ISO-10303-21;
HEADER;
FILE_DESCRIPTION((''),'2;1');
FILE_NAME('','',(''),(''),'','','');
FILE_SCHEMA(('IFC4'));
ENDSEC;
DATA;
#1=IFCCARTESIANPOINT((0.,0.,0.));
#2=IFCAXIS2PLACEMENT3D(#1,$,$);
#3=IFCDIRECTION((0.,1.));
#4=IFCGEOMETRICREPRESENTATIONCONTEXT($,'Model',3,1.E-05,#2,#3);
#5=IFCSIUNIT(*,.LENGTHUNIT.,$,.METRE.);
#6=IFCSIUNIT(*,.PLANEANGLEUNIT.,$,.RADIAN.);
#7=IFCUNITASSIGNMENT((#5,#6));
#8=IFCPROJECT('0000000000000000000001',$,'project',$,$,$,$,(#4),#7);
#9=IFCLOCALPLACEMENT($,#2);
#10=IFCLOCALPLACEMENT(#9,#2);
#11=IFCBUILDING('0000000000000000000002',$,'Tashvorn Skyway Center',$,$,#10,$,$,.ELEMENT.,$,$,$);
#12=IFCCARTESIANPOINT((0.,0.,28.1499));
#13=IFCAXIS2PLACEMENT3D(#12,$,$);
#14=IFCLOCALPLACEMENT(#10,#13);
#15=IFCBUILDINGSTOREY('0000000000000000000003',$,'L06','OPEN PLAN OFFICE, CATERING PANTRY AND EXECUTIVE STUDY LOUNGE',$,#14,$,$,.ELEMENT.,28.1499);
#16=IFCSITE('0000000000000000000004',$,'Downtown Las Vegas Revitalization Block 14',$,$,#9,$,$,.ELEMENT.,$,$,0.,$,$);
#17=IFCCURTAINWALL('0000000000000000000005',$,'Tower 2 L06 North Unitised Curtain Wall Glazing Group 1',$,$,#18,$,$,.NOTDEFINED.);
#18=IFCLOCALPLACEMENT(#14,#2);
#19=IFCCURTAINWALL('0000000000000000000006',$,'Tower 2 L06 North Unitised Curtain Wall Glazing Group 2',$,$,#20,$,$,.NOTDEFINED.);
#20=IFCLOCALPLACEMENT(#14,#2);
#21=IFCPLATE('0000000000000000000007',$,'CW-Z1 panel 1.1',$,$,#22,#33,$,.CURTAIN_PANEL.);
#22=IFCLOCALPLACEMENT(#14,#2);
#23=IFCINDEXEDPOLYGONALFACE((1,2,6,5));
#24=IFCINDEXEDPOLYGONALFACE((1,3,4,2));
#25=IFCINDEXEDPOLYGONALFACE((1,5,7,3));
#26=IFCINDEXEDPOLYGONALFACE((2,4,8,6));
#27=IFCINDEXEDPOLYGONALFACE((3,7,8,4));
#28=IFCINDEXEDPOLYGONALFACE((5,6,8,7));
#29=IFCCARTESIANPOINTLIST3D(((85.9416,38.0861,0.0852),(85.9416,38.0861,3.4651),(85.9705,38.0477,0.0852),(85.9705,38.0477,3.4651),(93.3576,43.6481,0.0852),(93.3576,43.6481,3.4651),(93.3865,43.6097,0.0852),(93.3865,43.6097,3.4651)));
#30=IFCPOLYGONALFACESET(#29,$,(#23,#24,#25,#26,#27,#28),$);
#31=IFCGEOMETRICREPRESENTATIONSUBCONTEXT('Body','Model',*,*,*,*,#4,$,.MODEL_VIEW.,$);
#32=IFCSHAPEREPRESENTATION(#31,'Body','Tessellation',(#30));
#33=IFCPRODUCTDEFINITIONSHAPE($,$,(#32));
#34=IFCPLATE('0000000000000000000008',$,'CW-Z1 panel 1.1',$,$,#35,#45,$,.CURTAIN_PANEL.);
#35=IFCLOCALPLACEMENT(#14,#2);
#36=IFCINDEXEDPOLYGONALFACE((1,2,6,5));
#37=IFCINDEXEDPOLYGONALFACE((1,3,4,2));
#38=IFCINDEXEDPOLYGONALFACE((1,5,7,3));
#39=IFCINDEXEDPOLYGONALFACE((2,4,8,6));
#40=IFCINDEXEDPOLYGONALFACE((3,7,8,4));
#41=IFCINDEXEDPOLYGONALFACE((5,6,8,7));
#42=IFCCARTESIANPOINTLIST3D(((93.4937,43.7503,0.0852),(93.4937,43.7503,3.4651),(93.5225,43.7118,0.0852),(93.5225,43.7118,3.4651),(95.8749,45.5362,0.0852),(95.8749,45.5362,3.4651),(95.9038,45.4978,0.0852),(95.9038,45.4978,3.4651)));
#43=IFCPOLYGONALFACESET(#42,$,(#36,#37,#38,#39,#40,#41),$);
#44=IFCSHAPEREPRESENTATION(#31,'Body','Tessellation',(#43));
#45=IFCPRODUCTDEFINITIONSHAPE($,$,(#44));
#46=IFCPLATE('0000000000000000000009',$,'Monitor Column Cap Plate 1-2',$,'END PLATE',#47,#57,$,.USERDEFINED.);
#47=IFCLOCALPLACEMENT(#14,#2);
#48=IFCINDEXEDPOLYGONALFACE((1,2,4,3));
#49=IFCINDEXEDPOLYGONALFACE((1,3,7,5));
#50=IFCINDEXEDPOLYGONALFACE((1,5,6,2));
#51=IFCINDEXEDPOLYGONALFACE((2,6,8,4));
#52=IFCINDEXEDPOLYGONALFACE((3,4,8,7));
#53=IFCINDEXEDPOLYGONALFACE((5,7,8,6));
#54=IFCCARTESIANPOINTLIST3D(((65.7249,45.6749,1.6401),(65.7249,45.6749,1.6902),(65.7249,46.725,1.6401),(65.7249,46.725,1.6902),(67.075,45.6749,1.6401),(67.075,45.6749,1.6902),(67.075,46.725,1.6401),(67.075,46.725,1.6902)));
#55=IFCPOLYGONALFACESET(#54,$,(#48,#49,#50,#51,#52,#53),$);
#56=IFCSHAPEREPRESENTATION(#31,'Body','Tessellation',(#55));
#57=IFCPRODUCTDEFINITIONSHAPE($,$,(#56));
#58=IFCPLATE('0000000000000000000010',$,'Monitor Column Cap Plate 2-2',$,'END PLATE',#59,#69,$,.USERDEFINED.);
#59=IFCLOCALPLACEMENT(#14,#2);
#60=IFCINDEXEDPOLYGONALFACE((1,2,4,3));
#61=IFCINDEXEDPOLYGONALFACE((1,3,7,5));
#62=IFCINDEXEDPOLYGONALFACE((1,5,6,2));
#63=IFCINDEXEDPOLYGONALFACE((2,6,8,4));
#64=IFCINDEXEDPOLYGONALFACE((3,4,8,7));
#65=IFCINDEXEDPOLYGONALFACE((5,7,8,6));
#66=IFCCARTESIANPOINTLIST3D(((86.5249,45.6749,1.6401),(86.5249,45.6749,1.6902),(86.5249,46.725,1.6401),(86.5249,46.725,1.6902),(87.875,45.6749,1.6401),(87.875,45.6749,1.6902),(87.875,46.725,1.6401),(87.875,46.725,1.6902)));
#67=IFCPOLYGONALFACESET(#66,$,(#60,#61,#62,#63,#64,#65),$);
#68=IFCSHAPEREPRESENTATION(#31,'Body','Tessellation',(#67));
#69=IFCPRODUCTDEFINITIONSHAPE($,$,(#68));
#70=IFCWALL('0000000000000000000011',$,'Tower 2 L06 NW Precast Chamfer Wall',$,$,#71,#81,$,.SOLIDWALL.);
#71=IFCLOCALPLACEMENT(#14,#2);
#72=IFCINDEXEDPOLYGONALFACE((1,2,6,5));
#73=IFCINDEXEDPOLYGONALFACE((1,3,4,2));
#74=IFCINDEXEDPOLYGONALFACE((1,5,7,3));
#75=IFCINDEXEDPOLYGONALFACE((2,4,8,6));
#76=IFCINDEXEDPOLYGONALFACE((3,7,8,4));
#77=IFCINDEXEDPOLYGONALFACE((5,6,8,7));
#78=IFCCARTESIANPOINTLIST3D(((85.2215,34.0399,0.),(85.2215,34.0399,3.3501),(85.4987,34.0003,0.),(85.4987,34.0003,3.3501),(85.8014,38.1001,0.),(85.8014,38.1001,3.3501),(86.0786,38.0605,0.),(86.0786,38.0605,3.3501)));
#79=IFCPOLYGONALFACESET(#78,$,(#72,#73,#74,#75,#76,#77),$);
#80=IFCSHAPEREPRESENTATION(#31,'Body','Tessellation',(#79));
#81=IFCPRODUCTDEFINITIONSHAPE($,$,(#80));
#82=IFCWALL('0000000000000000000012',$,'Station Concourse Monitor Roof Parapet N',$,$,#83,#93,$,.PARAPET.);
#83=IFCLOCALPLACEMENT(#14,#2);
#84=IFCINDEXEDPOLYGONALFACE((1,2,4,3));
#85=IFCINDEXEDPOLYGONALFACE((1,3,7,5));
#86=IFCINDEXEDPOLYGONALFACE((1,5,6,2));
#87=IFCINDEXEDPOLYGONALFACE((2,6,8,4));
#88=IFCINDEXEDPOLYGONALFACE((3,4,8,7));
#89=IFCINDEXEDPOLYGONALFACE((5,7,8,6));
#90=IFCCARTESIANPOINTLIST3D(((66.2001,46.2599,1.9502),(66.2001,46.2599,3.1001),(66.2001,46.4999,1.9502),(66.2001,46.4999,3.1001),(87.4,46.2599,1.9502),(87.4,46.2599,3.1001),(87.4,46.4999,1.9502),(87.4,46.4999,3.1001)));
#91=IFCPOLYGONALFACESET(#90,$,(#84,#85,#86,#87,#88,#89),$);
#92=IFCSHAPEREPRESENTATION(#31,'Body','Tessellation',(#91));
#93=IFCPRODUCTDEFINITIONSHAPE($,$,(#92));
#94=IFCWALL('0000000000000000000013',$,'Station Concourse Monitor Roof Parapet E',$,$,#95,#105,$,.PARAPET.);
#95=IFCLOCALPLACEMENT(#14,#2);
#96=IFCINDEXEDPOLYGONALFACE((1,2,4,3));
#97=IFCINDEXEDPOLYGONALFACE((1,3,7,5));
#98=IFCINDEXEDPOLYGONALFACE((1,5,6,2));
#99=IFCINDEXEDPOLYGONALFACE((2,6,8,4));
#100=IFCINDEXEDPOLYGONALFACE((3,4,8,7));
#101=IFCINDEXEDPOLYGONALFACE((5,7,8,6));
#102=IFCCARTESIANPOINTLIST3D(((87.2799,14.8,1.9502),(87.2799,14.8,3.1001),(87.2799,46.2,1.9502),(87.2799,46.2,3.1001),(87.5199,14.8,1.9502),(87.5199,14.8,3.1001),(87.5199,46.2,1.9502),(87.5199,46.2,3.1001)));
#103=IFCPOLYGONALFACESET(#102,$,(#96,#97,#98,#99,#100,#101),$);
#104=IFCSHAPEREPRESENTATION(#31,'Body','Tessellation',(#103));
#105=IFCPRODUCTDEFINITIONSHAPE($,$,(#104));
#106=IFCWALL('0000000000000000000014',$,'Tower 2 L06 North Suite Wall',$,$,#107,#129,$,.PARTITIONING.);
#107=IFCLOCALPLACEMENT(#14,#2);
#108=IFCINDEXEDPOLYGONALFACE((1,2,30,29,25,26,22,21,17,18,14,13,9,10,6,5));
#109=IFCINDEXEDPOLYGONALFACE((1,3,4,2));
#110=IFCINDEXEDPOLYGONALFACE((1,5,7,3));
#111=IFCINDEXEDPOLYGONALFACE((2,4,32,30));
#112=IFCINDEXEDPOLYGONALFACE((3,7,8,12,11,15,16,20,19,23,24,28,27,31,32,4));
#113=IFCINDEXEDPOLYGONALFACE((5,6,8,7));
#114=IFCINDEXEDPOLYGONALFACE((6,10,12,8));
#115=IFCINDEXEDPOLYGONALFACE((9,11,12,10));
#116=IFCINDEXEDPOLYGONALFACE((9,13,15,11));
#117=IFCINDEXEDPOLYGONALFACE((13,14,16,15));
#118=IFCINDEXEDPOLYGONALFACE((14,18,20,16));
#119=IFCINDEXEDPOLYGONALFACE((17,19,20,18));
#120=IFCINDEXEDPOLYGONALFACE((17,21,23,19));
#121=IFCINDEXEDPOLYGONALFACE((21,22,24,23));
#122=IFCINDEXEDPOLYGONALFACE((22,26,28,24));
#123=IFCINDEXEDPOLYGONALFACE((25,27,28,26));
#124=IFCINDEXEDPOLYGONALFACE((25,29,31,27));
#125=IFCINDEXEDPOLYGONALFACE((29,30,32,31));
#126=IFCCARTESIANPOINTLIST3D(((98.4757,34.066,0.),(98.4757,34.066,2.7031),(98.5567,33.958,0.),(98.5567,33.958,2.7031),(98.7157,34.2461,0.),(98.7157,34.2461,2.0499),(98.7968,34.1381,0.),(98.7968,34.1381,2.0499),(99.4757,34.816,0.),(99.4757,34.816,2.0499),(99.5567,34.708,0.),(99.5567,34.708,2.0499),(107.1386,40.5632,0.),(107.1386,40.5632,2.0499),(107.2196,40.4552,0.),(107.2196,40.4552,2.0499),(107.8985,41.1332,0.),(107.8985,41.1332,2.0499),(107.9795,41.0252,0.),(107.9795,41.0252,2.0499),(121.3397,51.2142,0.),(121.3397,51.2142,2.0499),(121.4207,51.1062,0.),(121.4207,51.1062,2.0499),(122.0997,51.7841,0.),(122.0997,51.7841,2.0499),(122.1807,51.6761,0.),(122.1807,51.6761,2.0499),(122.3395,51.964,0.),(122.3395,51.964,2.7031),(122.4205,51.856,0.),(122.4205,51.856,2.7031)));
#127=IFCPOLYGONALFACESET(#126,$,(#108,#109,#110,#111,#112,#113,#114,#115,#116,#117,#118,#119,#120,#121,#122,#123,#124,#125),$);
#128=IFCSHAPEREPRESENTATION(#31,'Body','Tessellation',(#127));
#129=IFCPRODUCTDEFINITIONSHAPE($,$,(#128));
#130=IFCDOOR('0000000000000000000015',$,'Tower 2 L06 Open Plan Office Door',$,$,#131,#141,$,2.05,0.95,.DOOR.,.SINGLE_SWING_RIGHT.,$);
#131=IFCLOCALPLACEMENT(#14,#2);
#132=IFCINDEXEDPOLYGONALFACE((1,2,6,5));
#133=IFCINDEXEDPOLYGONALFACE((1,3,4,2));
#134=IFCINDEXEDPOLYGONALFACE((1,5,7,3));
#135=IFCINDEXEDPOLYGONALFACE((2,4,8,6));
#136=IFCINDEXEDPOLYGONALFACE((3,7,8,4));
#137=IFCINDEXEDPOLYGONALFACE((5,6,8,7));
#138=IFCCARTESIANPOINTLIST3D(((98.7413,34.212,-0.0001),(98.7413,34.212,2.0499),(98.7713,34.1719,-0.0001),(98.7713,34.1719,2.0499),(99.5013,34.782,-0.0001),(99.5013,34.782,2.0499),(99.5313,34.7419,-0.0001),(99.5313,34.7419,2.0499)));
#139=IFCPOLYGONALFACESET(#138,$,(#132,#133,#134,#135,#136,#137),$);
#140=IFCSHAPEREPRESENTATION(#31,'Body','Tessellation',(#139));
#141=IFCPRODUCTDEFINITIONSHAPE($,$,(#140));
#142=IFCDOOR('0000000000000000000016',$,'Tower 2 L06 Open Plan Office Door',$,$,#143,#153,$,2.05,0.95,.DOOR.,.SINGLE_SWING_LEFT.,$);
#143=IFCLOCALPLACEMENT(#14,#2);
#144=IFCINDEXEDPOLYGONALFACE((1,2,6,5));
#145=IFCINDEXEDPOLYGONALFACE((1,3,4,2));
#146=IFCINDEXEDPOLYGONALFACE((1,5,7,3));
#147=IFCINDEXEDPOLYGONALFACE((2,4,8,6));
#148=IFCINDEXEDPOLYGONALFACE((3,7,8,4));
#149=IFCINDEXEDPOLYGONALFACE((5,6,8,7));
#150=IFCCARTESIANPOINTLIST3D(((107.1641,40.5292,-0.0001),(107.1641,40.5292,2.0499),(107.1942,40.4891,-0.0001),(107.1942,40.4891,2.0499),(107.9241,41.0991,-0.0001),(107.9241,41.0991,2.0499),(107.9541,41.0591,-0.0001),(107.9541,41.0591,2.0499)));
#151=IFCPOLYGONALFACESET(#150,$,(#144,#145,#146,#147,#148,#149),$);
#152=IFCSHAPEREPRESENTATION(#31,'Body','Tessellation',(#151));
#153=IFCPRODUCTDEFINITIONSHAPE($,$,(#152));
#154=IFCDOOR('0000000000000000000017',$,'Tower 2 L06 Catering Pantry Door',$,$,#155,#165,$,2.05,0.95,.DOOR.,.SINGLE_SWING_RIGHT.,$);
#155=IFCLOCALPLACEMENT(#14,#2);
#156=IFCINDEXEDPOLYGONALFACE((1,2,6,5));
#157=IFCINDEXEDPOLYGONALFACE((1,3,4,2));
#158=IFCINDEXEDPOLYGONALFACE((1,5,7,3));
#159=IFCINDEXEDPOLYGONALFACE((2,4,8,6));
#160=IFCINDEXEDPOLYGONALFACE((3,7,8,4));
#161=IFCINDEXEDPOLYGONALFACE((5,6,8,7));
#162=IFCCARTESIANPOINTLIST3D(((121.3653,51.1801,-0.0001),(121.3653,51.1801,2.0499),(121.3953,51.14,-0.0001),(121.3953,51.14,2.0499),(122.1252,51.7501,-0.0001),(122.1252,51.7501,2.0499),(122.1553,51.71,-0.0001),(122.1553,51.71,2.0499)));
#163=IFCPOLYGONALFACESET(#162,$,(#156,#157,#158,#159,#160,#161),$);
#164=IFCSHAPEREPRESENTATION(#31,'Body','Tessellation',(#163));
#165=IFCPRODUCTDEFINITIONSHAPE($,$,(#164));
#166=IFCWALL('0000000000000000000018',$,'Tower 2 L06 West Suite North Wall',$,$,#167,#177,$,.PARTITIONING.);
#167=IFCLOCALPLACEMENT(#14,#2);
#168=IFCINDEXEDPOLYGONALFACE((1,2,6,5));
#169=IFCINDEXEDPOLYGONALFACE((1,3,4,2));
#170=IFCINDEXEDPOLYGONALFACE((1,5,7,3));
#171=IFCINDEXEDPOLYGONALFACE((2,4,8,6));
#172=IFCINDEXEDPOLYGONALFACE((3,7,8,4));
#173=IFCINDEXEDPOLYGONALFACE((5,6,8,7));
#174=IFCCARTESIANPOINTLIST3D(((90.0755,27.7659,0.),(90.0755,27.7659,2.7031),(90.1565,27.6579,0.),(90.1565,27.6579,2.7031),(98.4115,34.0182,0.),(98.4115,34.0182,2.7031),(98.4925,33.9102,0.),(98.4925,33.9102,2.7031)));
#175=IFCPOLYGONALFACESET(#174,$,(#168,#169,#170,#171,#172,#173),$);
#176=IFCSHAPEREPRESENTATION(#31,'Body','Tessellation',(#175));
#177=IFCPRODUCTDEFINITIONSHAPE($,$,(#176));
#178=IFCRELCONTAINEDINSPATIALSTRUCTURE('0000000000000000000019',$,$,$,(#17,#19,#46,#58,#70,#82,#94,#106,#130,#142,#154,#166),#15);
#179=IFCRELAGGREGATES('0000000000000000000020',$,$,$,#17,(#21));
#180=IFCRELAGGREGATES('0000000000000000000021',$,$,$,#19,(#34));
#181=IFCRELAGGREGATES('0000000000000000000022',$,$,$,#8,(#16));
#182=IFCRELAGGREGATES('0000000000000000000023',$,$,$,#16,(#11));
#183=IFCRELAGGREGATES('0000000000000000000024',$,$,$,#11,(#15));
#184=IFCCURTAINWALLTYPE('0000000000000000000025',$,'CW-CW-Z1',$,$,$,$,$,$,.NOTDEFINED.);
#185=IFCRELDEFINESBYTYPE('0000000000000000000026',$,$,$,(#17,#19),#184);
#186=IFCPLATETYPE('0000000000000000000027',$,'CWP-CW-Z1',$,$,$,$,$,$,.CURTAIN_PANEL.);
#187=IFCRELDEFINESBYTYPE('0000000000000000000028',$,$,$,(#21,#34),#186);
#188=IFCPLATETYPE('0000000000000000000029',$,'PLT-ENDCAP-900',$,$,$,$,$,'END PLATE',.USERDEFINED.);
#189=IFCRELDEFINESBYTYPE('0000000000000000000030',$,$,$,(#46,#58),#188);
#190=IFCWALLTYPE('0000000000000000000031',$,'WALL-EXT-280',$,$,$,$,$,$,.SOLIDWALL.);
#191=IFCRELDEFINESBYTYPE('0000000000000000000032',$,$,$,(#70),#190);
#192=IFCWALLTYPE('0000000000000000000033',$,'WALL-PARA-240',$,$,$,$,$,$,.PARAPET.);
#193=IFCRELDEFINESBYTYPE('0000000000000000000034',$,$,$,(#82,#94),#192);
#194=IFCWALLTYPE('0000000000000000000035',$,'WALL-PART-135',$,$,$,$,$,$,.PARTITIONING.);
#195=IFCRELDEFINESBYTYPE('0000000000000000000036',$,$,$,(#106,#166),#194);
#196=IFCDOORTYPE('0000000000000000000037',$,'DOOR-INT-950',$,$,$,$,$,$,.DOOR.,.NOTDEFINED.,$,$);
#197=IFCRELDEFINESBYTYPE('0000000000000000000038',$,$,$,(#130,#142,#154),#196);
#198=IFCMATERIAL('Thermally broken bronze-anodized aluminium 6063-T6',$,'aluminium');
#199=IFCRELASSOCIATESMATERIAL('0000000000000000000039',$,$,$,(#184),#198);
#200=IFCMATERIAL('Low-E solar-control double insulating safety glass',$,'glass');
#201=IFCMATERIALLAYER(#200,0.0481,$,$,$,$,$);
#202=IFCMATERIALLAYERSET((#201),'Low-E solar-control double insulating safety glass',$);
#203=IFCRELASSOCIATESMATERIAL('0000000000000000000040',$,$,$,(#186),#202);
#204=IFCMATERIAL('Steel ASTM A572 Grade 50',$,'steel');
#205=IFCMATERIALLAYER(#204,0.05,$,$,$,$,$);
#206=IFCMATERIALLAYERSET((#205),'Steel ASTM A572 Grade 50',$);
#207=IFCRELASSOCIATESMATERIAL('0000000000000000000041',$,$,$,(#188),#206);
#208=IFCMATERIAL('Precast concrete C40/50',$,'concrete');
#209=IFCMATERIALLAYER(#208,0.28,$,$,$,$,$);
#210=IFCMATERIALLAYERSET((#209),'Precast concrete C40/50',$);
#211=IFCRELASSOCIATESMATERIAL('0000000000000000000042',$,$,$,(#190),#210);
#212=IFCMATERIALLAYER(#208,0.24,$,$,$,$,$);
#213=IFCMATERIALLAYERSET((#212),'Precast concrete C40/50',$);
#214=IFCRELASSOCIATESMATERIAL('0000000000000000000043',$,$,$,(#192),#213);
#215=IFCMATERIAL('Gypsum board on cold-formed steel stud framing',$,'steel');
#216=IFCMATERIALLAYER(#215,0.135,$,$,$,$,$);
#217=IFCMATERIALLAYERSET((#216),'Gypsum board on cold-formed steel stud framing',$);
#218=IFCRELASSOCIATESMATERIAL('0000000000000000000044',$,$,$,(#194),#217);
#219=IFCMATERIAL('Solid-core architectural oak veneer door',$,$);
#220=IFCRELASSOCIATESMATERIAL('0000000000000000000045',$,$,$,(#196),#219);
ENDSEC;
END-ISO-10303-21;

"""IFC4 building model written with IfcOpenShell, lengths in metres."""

from ifc_helpers import new_model, si_unit, direction, frame, frame_2d, origin, origin_2d, place, context, subcontext, project, spatial, rectangle, extrude, material, layer, layer_set, type_object, element, fill, aggregate, save


model = new_model("IFC4")

# Units and contexts
model_context = context("Model", 3, precision=1e-05, world=origin(), true_north=direction((0.0, 1.0)))
body_context = subcontext(model_context, "Body", "Model", "MODEL_VIEW")
ifc_project = project(units=[si_unit("LENGTHUNIT", "METRE"), si_unit("PLANEANGLEUNIT", "RADIAN")], contexts=[model_context])

# Site, building, storey
site_placement = place(None, origin())
site = spatial("IfcSite", under=ifc_project, at=site_placement, Name="Downtown Las Vegas Revitalization Block 14", CompositionType="ELEMENT", RefElevation=0.0)
building_placement = place(site_placement, origin())
building = spatial("IfcBuilding", under=site, at=building_placement, Name="Tashvorn Skyway Center", CompositionType="ELEMENT")
storey_placement = place(building_placement, frame((0.0, 0.0, 28.1499)))
storey = spatial("IfcBuildingStorey", under=building, at=storey_placement, Name="L06", Description="OPEN PLAN OFFICE, CATERING PANTRY AND EXECUTIVE STUDY LOUNGE", CompositionType="ELEMENT", Elevation=28.1499)

# Shared definitions
ifc_material_1 = material(Name="Steel ASTM A572 Grade 50", Category="steel")

# Shared definitions
ifc_material_2 = material(Name="Thermally broken bronze-anodized aluminium 6063-T6", Category="aluminium")
curtain_wall_type = type_object("IfcCurtainWallType", Name="CW-CW-Z1", PredefinedType="NOTDEFINED", material=ifc_material_2)

# Curtain walls
curtain_wall_1_placement = place(storey_placement, origin())
curtain_wall_1 = element("IfcCurtainWall", 1, at=curtain_wall_1_placement, inside=storey, type_object=curtain_wall_type, Name="Tower 2 L06 North Unitised Curtain Wall Glazing Group 1", PredefinedType="NOTDEFINED")
curtain_wall_2_placement = place(storey_placement, origin())
curtain_wall_2 = element("IfcCurtainWall", 2, at=curtain_wall_2_placement, inside=storey, type_object=curtain_wall_type, Name="Tower 2 L06 North Unitised Curtain Wall Glazing Group 2", PredefinedType="NOTDEFINED")

# Plates
ifc_material_3 = material(Name="Low-E solar-control double insulating safety glass", Category="glass")
ifc_layer_1 = layer(ifc_material_3, 0.0481)
ifc_layer_set_1 = layer_set([ifc_layer_1], Name="Low-E solar-control double insulating safety glass")
plate_type_1 = type_object("IfcPlateType", Name="CWP-CW-Z1", PredefinedType="CURTAIN_PANEL", material=ifc_layer_set_1)
plate_1_placement = place(storey_placement, frame((89.6641, 40.8479, 0.0852), z_axis=(0.0, 0.0, 1.0), x_axis=(0.8, 0.6, 0.0)))
plate_1 = element("IfcPlate", 3, at=plate_1_placement, type_object=plate_type_1, Name="CW-Z1 panel 1.1", PredefinedType="CURTAIN_PANEL", context=body_context, shape_type="SweptSolid", body=[
    extrude(rectangle(XDim=9.27, YDim=0.0481, at=origin_2d()), origin(), (0.0, 0.0, 1.0), 3.3799),
])
aggregate(curtain_wall_1, [plate_1])
plate_2_placement = place(storey_placement, frame((94.6987, 44.624, 0.0852), z_axis=(0.0, 0.0, 1.0), x_axis=(0.799996, 0.600005, 0.0)))
plate_2 = element("IfcPlate", 4, at=plate_2_placement, type_object=plate_type_1, Name="CW-Z1 panel 1.1", PredefinedType="CURTAIN_PANEL", context=body_context, shape_type="SweptSolid", body=[
    extrude(rectangle(XDim=2.9766, YDim=0.0481, at=origin_2d()), origin(), (0.0, 0.0, 1.0), 3.3799),
])
aggregate(curtain_wall_2, [plate_2])

# Plates
ifc_layer_2 = layer(ifc_material_1, 0.05)
ifc_layer_set_2 = layer_set([ifc_layer_2], Name="Steel ASTM A572 Grade 50")
plate_type_2 = type_object("IfcPlateType", Name="PLT-ENDCAP-900", ElementType="END PLATE", PredefinedType="USERDEFINED", material=ifc_layer_set_2)
for number, where, z_axis, x_axis, name in (
    (5, (66.3999, 46.2, 1.6401), (0.0, 0.0, 1.0), (1.0, 0.0, 0.0), "Monitor Column Cap Plate 1-2"),
    (6, (87.2, 46.2, 1.6401), (0.0, 0.0, 1.0), (1.0, 0.0, 0.0), "Monitor Column Cap Plate 2-2"),
):
    element("IfcPlate", number, at=place(storey_placement, frame(where, z_axis=z_axis, x_axis=x_axis)), inside=storey, type_object=plate_type_2, Name=name, ObjectType="END PLATE", PredefinedType="USERDEFINED", context=body_context, shape_type="SweptSolid", body=[
        extrude(rectangle(XDim=1.3501, YDim=1.05, at=origin_2d()), origin(), (0.0, 0.0, 1.0), 0.05),
    ])

# Walls
ifc_material_4 = material(Name="Precast concrete C40/50", Category="concrete")
ifc_layer_3 = layer(ifc_material_4, 0.28)
ifc_layer_set_3 = layer_set([ifc_layer_3], Name="Precast concrete C40/50")
wall_type_1 = type_object("IfcWallType", Name="WALL-EXT-280", PredefinedType="SOLIDWALL", material=ifc_layer_set_3)
wall_1_placement = place(storey_placement, frame((85.3601, 34.02, 0.0), z_axis=(0.0, 0.0, 1.0), x_axis=(0.14138, 0.989955, 0.0)))
element("IfcWall", 7, at=wall_1_placement, inside=storey, type_object=wall_type_1, Name="Tower 2 L06 NW Precast Chamfer Wall", PredefinedType="SOLIDWALL", context=body_context, shape_type="SweptSolid", body=[
    extrude(rectangle(XDim=4.1013, YDim=0.28, at=frame_2d((2.0508, 0.0))), origin(), (0.0, 0.0, 1.0), 3.3501),
])
ifc_layer_4 = layer(ifc_material_4, 0.24)
ifc_layer_set_4 = layer_set([ifc_layer_4], Name="Precast concrete C40/50")
wall_type_2 = type_object("IfcWallType", Name="WALL-PARA-240", PredefinedType="PARAPET", material=ifc_layer_set_4)
wall_2_placement = place(storey_placement, frame((66.2, 46.3799, 1.9502), z_axis=(0.0, 0.0, 1.0), x_axis=(1.0, 0.0, 0.0)))
element("IfcWall", 8, at=wall_2_placement, inside=storey, type_object=wall_type_2, Name="Station Concourse Monitor Roof Parapet N", PredefinedType="PARAPET", context=body_context, shape_type="SweptSolid", body=[
    extrude(rectangle(XDim=21.2, YDim=0.24, at=frame_2d((10.6001, 0.0))), origin(), (0.0, 0.0, 1.0), 1.1499),
])
wall_3_placement = place(storey_placement, frame((87.3999, 46.2, 1.9502), z_axis=(0.0, 0.0, 1.0), x_axis=(0.0, -1.0, 0.0)))
element("IfcWall", 9, at=wall_3_placement, inside=storey, type_object=wall_type_2, Name="Station Concourse Monitor Roof Parapet E", PredefinedType="PARAPET", context=body_context, shape_type="SweptSolid", body=[
    extrude(rectangle(XDim=31.3999, YDim=0.24, at=frame_2d((15.7, 0.0))), origin(), (0.0, 0.0, 1.0), 1.1499),
])

# Wall, openings, doors
ifc_material_5 = material(Name="Gypsum board on cold-formed steel stud framing", Category="steel")
ifc_layer_5 = layer(ifc_material_5, 0.135)
ifc_layer_set_5 = layer_set([ifc_layer_5], Name="Gypsum board on cold-formed steel stud framing")
wall_type_3 = type_object("IfcWallType", Name="WALL-PART-135", PredefinedType="PARTITIONING", material=ifc_layer_set_5)
wall_4_placement = place(storey_placement, frame((98.5161, 34.012, 0.0), z_axis=(0.0, 0.0, 1.0), x_axis=(0.799998, 0.600003, 0.0)))
wall_4 = element("IfcWall", 10, at=wall_4_placement, inside=storey, type_object=wall_type_3, Name="Tower 2 L06 North Suite Wall", PredefinedType="PARTITIONING", context=body_context, shape_type="SweptSolid", body=[
    extrude(rectangle(XDim=29.8298, YDim=0.135, at=frame_2d((14.915, 0.0))), origin(), (0.0, 0.0, 1.0), 2.7031),
])
opening_1_placement = place(wall_4_placement, frame((0.3, 0.0, 0.0)))
opening_1 = element("IfcOpeningElement", 11, at=opening_1_placement, cuts=wall_4, PredefinedType="OPENING", context=body_context, shape_type="SweptSolid", body=[
    extrude(rectangle(XDim=0.95, YDim=2.05, at=frame_2d((0.4751, 1.0249))), frame((0.0, 0.0774, 0.0), z_axis=(0.0, -1.0, 0.0), x_axis=(1.0, 0.0, 0.0)), (0.0, 0.0, 1.0), 0.155),
])
opening_2_placement = place(wall_4_placement, frame((10.8286, 0.0, 0.0)))
opening_2 = element("IfcOpeningElement", 12, at=opening_2_placement, cuts=wall_4, PredefinedType="OPENING", context=body_context, shape_type="SweptSolid", body=[
    extrude(rectangle(XDim=0.95, YDim=2.05, at=frame_2d((0.4751, 1.0249))), frame((0.0, 0.0774, 0.0), z_axis=(0.0, -1.0, 0.0), x_axis=(1.0, 0.0, 0.0)), (0.0, 0.0, 1.0), 0.155),
])
opening_3_placement = place(wall_4_placement, frame((28.5801, 0.0, 0.0)))
opening_3 = element("IfcOpeningElement", 13, at=opening_3_placement, cuts=wall_4, PredefinedType="OPENING", context=body_context, shape_type="SweptSolid", body=[
    extrude(rectangle(XDim=0.95, YDim=2.05, at=frame_2d((0.4751, 1.0249))), frame((0.0, 0.0774, 0.0), z_axis=(0.0, -1.0, 0.0), x_axis=(1.0, 0.0, 0.0)), (0.0, 0.0, 1.0), 0.155),
])
ifc_material_6 = material(Name="Solid-core architectural oak veneer door")
door_type = type_object("IfcDoorType", Name="DOOR-INT-950", OperationType="NOTDEFINED", PredefinedType="DOOR", material=ifc_material_6)
door_1_placement = place(opening_1_placement, origin())
door_1 = element("IfcDoor", 14, at=door_1_placement, inside=storey, type_object=door_type, Name="Tower 2 L06 Open Plan Office Door", OperationType="SINGLE_SWING_RIGHT", OverallHeight=2.05, OverallWidth=0.95, PredefinedType="DOOR", context=body_context, shape_type="SweptSolid", body=[
    extrude(rectangle(XDim=0.95, YDim=2.05, at=frame_2d((0.4751, 1.0249))), frame((0.0, 0.0249, 0.0), z_axis=(0.0, -1.0, 0.0), x_axis=(1.0, 0.0, 0.0)), (0.0, 0.0, 1.0), 0.05),
])
fill(opening_1, door_1)
door_2_placement = place(opening_2_placement, origin())
door_2 = element("IfcDoor", 15, at=door_2_placement, inside=storey, type_object=door_type, Name="Tower 2 L06 Open Plan Office Door", OperationType="SINGLE_SWING_LEFT", OverallHeight=2.05, OverallWidth=0.95, PredefinedType="DOOR", context=body_context, shape_type="SweptSolid", body=[
    extrude(rectangle(XDim=0.95, YDim=2.05, at=frame_2d((0.4751, 1.0249))), frame((0.0, 0.0249, 0.0), z_axis=(0.0, -1.0, 0.0), x_axis=(1.0, 0.0, 0.0)), (0.0, 0.0, 1.0), 0.05),
])
fill(opening_2, door_2)
door_3_placement = place(opening_3_placement, origin())
door_3 = element("IfcDoor", 16, at=door_3_placement, inside=storey, type_object=door_type, Name="Tower 2 L06 Catering Pantry Door", OperationType="SINGLE_SWING_RIGHT", OverallHeight=2.05, OverallWidth=0.95, PredefinedType="DOOR", context=body_context, shape_type="SweptSolid", body=[
    extrude(rectangle(XDim=0.95, YDim=2.05, at=frame_2d((0.4751, 1.0249))), frame((0.0, 0.0249, 0.0), z_axis=(0.0, -1.0, 0.0), x_axis=(1.0, 0.0, 0.0)), (0.0, 0.0, 1.0), 0.05),
])
fill(opening_3, door_3)

# Wall
wall_5_placement = place(storey_placement, frame((98.4519, 33.9641, 0.0), z_axis=(0.0, 0.0, 1.0), x_axis=(-0.799989, -0.600015, 0.0)))
element("IfcWall", 17, at=wall_5_placement, inside=storey, type_object=wall_type_3, Name="Tower 2 L06 West Suite North Wall", PredefinedType="PARTITIONING", context=body_context, shape_type="SweptSolid", body=[
    extrude(rectangle(XDim=10.4202, YDim=0.135, at=frame_2d((5.21, 0.0))), origin(), (0.0, 0.0, 1.0), 2.7031),
])

save(model, "model.ifc")
